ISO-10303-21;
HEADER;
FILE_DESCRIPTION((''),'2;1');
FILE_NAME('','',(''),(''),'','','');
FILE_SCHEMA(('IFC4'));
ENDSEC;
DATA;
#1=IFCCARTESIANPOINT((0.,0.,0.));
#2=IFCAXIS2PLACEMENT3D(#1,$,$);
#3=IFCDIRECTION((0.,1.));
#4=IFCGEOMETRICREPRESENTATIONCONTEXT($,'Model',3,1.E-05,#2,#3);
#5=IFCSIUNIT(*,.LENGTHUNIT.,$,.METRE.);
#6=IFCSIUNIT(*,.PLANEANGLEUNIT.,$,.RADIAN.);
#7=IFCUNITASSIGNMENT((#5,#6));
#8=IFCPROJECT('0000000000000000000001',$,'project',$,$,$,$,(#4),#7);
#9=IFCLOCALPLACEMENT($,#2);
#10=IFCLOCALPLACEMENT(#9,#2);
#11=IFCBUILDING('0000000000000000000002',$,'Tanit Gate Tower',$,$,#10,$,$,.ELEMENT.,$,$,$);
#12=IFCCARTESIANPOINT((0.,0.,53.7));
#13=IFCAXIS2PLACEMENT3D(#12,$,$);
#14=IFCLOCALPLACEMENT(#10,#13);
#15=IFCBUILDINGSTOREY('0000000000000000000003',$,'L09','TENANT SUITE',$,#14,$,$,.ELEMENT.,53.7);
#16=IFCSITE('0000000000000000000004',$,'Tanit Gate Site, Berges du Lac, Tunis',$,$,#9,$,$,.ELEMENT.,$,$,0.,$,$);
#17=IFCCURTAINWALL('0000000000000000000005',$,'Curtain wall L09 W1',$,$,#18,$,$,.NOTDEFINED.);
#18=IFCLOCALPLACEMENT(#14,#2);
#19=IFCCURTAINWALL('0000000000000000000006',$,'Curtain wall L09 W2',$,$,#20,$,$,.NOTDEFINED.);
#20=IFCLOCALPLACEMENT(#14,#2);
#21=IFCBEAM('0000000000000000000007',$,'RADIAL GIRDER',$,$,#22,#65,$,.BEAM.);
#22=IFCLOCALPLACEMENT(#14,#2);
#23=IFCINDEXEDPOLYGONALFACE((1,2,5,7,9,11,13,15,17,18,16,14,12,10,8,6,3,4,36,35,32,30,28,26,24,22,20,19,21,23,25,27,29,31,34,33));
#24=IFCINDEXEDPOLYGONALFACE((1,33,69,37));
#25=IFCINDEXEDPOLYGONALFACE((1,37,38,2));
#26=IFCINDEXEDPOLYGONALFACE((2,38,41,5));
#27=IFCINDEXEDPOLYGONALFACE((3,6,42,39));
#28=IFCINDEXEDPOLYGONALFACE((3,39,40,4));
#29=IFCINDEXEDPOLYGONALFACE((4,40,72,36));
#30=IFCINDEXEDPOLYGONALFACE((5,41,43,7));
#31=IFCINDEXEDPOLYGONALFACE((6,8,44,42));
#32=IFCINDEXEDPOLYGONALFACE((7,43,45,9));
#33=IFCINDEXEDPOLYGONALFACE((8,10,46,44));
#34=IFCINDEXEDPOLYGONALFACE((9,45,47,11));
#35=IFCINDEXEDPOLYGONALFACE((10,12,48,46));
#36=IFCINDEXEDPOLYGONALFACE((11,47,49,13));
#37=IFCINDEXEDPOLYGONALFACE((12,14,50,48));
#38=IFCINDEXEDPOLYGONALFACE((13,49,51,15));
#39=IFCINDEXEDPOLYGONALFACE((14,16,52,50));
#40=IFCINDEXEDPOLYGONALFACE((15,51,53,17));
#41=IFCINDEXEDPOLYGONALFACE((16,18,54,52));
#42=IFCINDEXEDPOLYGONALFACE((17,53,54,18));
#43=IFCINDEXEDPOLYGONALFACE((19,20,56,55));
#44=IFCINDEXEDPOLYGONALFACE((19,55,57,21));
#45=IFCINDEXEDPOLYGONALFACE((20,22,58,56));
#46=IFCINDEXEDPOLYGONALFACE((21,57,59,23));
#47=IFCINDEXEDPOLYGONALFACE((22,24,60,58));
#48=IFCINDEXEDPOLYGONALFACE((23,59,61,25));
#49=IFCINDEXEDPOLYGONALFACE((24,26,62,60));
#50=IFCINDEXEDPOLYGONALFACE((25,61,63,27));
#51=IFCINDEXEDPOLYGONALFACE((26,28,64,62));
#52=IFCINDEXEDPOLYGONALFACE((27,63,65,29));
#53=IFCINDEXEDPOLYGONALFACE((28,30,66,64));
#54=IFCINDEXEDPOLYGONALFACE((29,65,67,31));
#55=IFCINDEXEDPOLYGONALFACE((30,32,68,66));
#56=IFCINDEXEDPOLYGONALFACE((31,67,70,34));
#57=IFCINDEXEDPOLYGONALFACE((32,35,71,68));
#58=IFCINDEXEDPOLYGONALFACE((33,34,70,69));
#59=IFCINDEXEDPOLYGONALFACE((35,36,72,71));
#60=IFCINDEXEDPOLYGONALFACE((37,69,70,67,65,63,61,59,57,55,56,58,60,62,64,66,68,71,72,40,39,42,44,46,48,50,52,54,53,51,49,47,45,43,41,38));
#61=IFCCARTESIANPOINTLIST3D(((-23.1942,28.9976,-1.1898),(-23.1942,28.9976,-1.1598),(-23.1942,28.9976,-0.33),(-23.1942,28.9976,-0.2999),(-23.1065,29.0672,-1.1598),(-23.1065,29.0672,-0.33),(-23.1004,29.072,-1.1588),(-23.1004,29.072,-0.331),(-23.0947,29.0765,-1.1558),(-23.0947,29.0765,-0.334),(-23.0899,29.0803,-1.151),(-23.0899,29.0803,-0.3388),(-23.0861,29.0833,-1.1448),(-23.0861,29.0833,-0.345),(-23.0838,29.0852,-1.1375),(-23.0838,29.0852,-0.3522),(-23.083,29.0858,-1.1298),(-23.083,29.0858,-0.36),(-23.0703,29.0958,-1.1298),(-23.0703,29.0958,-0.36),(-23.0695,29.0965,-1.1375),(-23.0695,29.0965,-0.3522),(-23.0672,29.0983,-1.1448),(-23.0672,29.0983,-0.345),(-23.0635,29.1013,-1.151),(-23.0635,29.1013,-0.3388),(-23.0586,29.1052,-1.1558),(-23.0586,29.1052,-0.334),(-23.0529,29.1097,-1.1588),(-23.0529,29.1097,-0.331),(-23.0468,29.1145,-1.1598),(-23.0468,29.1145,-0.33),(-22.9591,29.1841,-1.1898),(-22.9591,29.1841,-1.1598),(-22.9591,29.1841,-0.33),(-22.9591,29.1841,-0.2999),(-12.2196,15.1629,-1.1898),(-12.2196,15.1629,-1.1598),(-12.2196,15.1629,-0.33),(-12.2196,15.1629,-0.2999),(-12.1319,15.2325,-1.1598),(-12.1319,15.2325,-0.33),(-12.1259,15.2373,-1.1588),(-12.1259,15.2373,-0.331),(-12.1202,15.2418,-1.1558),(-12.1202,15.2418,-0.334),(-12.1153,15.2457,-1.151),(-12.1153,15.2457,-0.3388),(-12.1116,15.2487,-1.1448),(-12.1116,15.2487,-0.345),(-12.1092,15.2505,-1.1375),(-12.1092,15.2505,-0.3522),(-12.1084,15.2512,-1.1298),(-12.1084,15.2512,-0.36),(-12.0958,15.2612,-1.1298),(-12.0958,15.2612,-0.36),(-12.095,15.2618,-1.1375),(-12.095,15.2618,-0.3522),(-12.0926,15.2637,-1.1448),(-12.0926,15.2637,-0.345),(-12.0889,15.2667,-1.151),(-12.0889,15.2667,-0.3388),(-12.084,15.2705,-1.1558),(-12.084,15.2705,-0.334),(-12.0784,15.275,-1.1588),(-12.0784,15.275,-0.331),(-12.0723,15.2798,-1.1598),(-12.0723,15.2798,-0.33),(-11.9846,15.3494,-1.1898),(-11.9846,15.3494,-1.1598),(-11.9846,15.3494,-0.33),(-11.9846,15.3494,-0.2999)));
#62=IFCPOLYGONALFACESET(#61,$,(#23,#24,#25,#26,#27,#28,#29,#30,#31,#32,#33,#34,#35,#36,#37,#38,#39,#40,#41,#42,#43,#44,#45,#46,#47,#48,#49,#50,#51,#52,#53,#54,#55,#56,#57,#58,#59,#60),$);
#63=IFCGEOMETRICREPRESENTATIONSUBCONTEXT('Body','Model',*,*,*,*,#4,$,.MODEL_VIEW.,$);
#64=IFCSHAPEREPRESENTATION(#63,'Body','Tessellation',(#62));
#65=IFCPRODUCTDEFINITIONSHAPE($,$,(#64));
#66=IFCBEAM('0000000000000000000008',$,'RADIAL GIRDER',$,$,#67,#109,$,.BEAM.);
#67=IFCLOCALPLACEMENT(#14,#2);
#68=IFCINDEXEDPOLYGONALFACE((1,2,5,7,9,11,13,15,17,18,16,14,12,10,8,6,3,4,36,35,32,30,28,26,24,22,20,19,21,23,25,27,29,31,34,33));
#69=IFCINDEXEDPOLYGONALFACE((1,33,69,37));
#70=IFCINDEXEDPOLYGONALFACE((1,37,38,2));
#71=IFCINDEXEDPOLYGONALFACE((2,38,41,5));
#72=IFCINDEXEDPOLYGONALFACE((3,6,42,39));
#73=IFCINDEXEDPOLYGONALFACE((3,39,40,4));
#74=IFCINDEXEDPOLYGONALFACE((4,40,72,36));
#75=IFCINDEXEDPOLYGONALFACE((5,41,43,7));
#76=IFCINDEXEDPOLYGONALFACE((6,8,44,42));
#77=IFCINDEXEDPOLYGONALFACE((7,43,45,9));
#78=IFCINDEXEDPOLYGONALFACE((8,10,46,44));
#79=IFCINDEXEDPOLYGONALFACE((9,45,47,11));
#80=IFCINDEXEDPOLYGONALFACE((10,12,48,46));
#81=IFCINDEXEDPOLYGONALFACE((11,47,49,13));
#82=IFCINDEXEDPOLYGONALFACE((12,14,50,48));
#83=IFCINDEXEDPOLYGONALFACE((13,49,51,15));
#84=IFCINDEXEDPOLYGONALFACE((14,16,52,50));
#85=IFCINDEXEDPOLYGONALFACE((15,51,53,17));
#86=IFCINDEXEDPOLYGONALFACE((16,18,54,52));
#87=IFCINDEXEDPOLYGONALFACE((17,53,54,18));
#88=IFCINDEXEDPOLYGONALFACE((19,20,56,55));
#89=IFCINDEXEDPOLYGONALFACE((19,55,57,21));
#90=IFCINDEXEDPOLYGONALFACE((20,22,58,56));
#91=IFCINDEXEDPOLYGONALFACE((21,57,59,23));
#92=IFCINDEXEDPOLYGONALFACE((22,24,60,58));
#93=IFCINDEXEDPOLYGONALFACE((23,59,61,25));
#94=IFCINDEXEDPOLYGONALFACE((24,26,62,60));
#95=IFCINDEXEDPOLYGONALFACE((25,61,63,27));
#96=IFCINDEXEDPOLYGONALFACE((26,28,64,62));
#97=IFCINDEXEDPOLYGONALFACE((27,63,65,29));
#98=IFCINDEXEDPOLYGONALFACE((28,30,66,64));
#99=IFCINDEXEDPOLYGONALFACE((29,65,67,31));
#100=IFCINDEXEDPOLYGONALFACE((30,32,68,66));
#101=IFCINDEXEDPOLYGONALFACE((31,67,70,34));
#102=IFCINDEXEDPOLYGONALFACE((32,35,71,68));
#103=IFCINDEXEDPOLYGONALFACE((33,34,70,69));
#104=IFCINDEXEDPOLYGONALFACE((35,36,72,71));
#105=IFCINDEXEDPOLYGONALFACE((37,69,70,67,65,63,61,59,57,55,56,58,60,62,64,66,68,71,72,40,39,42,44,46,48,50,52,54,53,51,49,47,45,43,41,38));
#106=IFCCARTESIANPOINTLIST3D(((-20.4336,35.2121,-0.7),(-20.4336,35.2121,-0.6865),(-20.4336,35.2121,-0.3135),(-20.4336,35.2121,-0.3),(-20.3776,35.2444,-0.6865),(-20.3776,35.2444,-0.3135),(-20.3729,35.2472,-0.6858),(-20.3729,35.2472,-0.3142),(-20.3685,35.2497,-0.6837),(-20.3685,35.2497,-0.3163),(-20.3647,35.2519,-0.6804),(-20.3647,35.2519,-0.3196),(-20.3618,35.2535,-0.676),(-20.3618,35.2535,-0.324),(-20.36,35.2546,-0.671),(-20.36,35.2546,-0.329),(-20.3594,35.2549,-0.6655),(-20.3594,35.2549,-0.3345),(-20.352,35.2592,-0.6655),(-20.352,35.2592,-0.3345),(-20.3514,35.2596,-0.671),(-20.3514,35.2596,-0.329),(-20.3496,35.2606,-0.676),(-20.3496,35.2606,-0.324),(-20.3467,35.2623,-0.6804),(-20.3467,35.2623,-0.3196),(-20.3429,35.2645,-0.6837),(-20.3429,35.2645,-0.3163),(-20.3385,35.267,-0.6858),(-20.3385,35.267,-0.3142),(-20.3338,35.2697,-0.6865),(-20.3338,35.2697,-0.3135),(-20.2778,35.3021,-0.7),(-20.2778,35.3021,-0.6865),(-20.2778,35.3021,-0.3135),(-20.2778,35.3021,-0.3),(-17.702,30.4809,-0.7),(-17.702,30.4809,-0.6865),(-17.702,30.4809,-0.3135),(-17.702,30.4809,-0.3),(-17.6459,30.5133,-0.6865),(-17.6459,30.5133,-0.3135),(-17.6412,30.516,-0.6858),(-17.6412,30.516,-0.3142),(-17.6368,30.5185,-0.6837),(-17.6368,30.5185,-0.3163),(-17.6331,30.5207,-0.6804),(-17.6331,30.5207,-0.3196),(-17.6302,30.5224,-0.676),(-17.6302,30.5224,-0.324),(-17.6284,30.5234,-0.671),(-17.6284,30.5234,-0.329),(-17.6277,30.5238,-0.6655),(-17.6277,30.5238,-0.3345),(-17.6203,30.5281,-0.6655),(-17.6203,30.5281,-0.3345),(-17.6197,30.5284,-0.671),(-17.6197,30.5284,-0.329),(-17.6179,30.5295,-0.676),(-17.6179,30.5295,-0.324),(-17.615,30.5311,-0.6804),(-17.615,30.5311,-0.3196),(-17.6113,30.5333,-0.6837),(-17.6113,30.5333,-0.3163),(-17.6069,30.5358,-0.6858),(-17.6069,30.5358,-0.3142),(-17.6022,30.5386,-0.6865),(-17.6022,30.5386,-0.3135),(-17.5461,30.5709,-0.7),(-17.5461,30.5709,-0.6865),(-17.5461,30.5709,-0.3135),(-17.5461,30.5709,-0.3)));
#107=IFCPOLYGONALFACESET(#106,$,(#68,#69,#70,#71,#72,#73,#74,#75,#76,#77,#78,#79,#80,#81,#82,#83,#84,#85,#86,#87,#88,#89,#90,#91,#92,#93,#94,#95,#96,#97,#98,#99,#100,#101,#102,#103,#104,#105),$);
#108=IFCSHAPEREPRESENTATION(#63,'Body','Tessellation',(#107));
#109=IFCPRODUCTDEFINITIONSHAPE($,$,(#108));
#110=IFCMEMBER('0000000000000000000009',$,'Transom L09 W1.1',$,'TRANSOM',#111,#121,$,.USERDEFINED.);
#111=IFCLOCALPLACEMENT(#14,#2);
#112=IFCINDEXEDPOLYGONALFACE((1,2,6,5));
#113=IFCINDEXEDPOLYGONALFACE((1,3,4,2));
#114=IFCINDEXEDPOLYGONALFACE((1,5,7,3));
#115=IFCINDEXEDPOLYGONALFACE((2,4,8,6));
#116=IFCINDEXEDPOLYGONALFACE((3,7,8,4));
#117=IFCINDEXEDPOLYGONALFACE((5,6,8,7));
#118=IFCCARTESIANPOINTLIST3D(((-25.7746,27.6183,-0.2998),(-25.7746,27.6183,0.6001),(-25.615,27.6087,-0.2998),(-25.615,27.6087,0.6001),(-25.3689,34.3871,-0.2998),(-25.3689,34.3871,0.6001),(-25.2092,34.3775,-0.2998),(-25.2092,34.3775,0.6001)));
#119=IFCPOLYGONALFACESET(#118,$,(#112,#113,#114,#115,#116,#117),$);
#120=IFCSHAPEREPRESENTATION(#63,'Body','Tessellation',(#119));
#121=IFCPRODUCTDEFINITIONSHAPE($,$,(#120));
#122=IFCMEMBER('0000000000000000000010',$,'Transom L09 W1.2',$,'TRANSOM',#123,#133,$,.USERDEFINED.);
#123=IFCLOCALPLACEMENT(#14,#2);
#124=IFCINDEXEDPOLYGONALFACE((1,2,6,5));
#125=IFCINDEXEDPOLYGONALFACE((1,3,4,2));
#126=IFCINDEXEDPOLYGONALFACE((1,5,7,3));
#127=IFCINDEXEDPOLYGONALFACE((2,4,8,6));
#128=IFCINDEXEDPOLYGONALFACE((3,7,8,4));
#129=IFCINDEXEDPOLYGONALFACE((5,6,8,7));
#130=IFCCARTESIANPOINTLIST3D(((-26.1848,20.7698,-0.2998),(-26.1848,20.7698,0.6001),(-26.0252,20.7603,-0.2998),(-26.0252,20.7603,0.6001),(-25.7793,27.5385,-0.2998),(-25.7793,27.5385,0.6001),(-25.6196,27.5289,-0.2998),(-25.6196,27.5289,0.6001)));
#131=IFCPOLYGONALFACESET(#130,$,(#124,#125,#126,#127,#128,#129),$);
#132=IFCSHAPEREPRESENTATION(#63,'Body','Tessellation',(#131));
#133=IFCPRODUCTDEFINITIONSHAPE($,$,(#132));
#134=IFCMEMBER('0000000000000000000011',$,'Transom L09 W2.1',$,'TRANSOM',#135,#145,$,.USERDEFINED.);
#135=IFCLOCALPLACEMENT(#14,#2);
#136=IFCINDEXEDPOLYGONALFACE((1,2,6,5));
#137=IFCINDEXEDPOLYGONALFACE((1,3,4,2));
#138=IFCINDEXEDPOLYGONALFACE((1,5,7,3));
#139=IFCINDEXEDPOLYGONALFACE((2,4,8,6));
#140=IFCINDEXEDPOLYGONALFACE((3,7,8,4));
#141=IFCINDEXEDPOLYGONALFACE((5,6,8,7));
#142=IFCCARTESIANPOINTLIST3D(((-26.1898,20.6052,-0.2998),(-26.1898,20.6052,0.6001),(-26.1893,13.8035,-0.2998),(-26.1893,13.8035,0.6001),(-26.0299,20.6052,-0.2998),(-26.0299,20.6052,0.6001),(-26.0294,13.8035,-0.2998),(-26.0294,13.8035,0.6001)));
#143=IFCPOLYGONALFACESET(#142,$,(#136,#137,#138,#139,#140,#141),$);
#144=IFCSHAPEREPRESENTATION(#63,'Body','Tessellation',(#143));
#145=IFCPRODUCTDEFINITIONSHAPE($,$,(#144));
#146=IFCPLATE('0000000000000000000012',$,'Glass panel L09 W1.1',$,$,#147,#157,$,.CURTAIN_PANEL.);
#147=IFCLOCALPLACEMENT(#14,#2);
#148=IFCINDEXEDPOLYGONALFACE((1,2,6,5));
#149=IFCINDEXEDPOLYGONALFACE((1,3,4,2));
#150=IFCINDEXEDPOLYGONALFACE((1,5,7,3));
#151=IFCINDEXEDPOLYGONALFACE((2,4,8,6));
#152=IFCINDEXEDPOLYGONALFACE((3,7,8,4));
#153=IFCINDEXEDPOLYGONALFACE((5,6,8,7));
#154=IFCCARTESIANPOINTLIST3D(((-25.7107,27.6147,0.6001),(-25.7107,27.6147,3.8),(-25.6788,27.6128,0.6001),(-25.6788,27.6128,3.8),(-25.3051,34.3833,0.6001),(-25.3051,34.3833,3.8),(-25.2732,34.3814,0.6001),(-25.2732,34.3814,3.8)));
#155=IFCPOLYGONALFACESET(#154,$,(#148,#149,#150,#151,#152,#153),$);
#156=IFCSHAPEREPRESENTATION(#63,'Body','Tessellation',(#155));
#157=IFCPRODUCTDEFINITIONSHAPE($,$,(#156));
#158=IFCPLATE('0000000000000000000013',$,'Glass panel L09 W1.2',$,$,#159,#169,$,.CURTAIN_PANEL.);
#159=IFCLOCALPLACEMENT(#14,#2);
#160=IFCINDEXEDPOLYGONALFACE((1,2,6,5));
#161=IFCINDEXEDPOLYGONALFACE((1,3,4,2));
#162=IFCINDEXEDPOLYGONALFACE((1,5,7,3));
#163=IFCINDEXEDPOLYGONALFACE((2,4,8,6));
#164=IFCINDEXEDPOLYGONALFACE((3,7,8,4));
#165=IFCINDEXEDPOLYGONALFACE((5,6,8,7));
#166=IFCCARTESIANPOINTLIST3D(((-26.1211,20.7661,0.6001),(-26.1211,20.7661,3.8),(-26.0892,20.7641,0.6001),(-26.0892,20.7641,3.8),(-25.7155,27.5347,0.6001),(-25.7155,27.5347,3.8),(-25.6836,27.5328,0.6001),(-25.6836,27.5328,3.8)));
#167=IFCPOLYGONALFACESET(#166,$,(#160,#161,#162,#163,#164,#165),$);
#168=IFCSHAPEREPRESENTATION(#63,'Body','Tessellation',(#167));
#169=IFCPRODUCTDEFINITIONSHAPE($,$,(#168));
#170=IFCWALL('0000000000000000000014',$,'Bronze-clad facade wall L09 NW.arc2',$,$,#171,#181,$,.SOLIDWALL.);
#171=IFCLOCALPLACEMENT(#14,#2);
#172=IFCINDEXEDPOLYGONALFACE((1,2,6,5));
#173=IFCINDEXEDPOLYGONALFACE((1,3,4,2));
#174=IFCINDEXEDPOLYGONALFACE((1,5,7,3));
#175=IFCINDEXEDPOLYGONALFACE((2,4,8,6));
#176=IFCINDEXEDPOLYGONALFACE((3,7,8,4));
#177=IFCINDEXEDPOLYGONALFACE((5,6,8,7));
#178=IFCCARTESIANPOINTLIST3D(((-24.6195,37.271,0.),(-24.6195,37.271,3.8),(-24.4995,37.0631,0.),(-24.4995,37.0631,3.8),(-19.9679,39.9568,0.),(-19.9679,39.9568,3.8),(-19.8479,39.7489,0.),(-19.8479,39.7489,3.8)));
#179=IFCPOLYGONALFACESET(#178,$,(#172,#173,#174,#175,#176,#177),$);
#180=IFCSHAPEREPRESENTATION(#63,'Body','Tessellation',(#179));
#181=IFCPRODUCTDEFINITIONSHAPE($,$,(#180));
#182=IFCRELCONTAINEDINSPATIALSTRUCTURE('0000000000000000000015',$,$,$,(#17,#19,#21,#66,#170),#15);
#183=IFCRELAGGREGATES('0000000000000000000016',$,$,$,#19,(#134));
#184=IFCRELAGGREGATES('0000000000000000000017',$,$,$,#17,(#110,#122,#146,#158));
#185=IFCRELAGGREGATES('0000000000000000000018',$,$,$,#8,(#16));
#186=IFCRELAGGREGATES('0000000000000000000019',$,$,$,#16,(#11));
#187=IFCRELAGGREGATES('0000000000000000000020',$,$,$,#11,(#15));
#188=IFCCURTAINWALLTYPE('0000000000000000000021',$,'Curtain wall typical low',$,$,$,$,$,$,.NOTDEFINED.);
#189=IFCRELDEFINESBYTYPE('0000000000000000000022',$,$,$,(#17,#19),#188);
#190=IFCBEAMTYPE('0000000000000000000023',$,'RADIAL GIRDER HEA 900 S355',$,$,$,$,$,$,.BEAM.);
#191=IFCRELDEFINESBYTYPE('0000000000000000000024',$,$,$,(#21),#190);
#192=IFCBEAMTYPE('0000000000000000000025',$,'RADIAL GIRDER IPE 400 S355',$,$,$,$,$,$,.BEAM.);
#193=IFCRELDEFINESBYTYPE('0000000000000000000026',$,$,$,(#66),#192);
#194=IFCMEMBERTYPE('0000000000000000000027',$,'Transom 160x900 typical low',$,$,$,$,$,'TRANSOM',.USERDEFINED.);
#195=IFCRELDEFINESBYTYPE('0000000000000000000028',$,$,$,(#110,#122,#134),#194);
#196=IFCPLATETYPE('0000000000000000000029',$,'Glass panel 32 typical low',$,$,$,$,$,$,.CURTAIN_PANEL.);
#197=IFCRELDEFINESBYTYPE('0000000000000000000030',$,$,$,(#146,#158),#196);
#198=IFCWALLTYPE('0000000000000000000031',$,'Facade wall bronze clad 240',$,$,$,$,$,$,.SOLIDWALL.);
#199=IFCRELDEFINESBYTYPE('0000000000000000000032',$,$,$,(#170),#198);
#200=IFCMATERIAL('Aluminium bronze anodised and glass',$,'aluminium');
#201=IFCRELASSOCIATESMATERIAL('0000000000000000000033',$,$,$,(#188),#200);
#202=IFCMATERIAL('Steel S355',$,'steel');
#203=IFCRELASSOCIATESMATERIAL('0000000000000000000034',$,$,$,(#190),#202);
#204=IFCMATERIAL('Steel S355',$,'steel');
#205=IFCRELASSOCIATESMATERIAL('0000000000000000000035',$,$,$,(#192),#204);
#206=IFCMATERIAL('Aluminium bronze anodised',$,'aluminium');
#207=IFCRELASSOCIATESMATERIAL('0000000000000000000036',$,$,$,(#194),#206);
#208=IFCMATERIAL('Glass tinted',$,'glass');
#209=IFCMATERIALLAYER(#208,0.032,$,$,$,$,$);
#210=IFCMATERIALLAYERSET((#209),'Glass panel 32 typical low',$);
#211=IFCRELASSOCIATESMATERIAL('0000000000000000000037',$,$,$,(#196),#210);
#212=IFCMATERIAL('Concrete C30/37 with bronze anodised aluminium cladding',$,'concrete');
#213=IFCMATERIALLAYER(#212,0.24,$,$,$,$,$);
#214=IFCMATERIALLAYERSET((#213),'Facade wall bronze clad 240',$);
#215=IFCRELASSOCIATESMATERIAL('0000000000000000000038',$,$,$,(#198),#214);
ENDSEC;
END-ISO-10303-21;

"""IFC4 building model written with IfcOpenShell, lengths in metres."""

from ifc_helpers import new_model, si_unit, direction, frame, frame_2d, origin, origin_2d, place, context, subcontext, project, spatial, rectangle, i_section, extrude, material, layer, layer_set, material_profile, profile_set, type_object, element, aggregate, save


model = new_model("IFC4")

# Units and contexts
model_context = context("Model", 3, precision=1e-05, world=origin(), true_north=direction((0.0, 1.0)))
body_context = subcontext(model_context, "Body", "Model", "MODEL_VIEW")
ifc_project = project(units=[si_unit("LENGTHUNIT", "METRE"), si_unit("PLANEANGLEUNIT", "RADIAN")], contexts=[model_context])

# Site, building, storey
site_placement = place(None, origin())
site = spatial("IfcSite", under=ifc_project, at=site_placement, Name="Tanit Gate Site, Berges du Lac, Tunis", CompositionType="ELEMENT", RefElevation=0.0)
building_placement = place(site_placement, origin())
building = spatial("IfcBuilding", under=site, at=building_placement, Name="Tanit Gate Tower", CompositionType="ELEMENT")
storey_placement = place(building_placement, frame((0.0, 0.0, 53.7)))
storey = spatial("IfcBuildingStorey", under=building, at=storey_placement, Name="L09", Description="TENANT SUITE", CompositionType="ELEMENT", Elevation=53.7)

# Curtain walls
ifc_material_1 = material(Name="Aluminium bronze anodised and glass", Category="aluminium")
curtain_wall_type = type_object("IfcCurtainWallType", Name="Curtain wall typical low", PredefinedType="NOTDEFINED", material=ifc_material_1)
curtain_wall_1_placement = place(storey_placement, origin())
curtain_wall_1 = element("IfcCurtainWall", 1, at=curtain_wall_1_placement, inside=storey, type_object=curtain_wall_type, Name="Curtain wall L09 W1", PredefinedType="NOTDEFINED")
curtain_wall_2_placement = place(storey_placement, origin())
curtain_wall_2 = element("IfcCurtainWall", 2, at=curtain_wall_2_placement, inside=storey, type_object=curtain_wall_type, Name="Curtain wall L09 W2", PredefinedType="NOTDEFINED")

# Beams
ifc_material_2 = material(Name="Steel S355", Category="steel")
ifc_material_profile_1 = material_profile(ifc_material_2, i_section(OverallWidth=0.3, OverallDepth=0.8899, WebThickness=0.0161, FlangeThickness=0.03, FilletRadius=0.03, at=origin_2d()), Name="HEA 900")
ifc_profile_set_1 = profile_set([ifc_material_profile_1], Name="Steel S355")
beam_type_1 = type_object("IfcBeamType", Name="RADIAL GIRDER HEA 900 S355", PredefinedType="BEAM", material=ifc_profile_set_1)
beam_1_placement = place(storey_placement, frame((-23.0767, 29.0908, -0.7449), z_axis=(0.621473, -0.783436, 0.0), x_axis=(0.783436, 0.621473, 0.0)))
element("IfcBeam", 3, at=beam_1_placement, inside=storey, type_object=beam_type_1, Name="RADIAL GIRDER", PredefinedType="BEAM", context=body_context, shape_type="SweptSolid", body=[
    extrude(i_section(OverallWidth=0.3, OverallDepth=0.8899, WebThickness=0.0161, FlangeThickness=0.03, FilletRadius=0.03, at=origin_2d()), origin(), (0.0, 0.0, 1.0), 17.6589),
])
ifc_material_3 = material(Name="Steel S355", Category="steel")
ifc_material_profile_2 = material_profile(ifc_material_3, i_section(OverallWidth=0.1799, OverallDepth=0.3999, WebThickness=0.0085, FlangeThickness=0.0134, FilletRadius=0.021, at=origin_2d()), Name="IPE 400")
ifc_profile_set_2 = profile_set([ifc_material_profile_2], Name="Steel S355")
beam_type_2 = type_object("IfcBeamType", Name="RADIAL GIRDER IPE 400 S355", PredefinedType="BEAM", material=ifc_profile_set_2)
beam_2_placement = place(storey_placement, frame((-20.3557, 35.2571, -0.5), z_axis=(0.500018, -0.866015, 0.0), x_axis=(0.866015, 0.500018, 0.0)))
element("IfcBeam", 4, at=beam_2_placement, inside=storey, type_object=beam_type_2, Name="RADIAL GIRDER", PredefinedType="BEAM", context=body_context, shape_type="SweptSolid", body=[
    extrude(i_section(OverallWidth=0.1799, OverallDepth=0.3999, WebThickness=0.0085, FlangeThickness=0.0134, FilletRadius=0.021, at=origin_2d()), origin(), (0.0, 0.0, 1.0), 5.4631),
])

# Members
ifc_material_4 = material(Name="Aluminium bronze anodised", Category="aluminium")
ifc_material_profile_3 = material_profile(ifc_material_4, rectangle(XDim=0.1599, YDim=0.8999, at=origin_2d()), Name="160x900 bronze transom")
ifc_profile_set_3 = profile_set([ifc_material_profile_3], Name="Aluminium bronze anodised")
member_type_1 = type_object("IfcMemberType", Name="Transom 160x900 typical low", ElementType="TRANSOM", PredefinedType="USERDEFINED", material=ifc_profile_set_3)
member_1_placement = place(storey_placement, frame((-25.2891, 34.3823, 0.1501), z_axis=(-0.059838, -0.998208, 0.0), x_axis=(0.998208, -0.059838, 0.0)))
member_1 = element("IfcMember", 5, at=member_1_placement, type_object=member_type_1, Name="Transom L09 W1.1", ObjectType="TRANSOM", PredefinedType="USERDEFINED", context=body_context, shape_type="SweptSolid", body=[
    extrude(rectangle(XDim=0.1599, YDim=0.8999, at=origin_2d()), origin(), (0.0, 0.0, 1.0), 6.781),
])
member_2_placement = place(storey_placement, frame((-25.6995, 27.5337, 0.1501), z_axis=(-0.059805, -0.99821, 0.0), x_axis=(0.99821, -0.059805, 0.0)))
member_2 = element("IfcMember", 6, at=member_2_placement, type_object=member_type_1, Name="Transom L09 W1.2", ObjectType="TRANSOM", PredefinedType="USERDEFINED", context=body_context, shape_type="SweptSolid", body=[
    extrude(rectangle(XDim=0.1599, YDim=0.8999, at=origin_2d()), origin(), (0.0, 0.0, 1.0), 6.7808),
])
member_3_placement = place(storey_placement, frame((-26.1099, 20.6052, 0.1501), z_axis=(0.000072, -1.0, 0.0), x_axis=(1.0, 0.000072, 0.0)))
member_3 = element("IfcMember", 7, at=member_3_placement, type_object=member_type_1, Name="Transom L09 W2.1", ObjectType="TRANSOM", PredefinedType="USERDEFINED", context=body_context, shape_type="SweptSolid", body=[
    extrude(rectangle(XDim=0.1599, YDim=0.8999, at=origin_2d()), origin(), (0.0, 0.0, 1.0), 6.8018),
])
aggregate(curtain_wall_2, [member_3])

# Plates
ifc_material_5 = material(Name="Glass tinted", Category="glass")
ifc_layer_1 = layer(ifc_material_5, 0.032)
ifc_layer_set_1 = layer_set([ifc_layer_1], Name="Glass panel 32 typical low")
plate_type = type_object("IfcPlateType", Name="Glass panel 32 typical low", PredefinedType="CURTAIN_PANEL", material=ifc_layer_set_1)
plate_1_placement = place(storey_placement, frame((-25.4919, 30.998, 0.6001), z_axis=(0.0, 0.0, 1.0), x_axis=(-0.059812, -0.99821, 0.0)))
plate_1 = element("IfcPlate", 8, at=plate_1_placement, type_object=plate_type, Name="Glass panel L09 W1.1", PredefinedType="CURTAIN_PANEL", context=body_context, shape_type="SweptSolid", body=[
    extrude(rectangle(XDim=6.7808, YDim=0.032, at=origin_2d()), origin(), (0.0, 0.0, 1.0), 3.2),
])
plate_2_placement = place(storey_placement, frame((-25.9023, 24.1494, 0.6001), z_axis=(0.0, 0.0, 1.0), x_axis=(-0.059812, -0.99821, 0.0)))
plate_2 = element("IfcPlate", 9, at=plate_2_placement, type_object=plate_type, Name="Glass panel L09 W1.2", PredefinedType="CURTAIN_PANEL", context=body_context, shape_type="SweptSolid", body=[
    extrude(rectangle(XDim=6.7808, YDim=0.032, at=origin_2d()), origin(), (0.0, 0.0, 1.0), 3.2),
])
aggregate(curtain_wall_1, [member_1, member_2, plate_1, plate_2])

# Wall
ifc_material_6 = material(Name="Concrete C30/37 with bronze anodised aluminium cladding", Category="concrete")
ifc_layer_2 = layer(ifc_material_6, 0.24)
ifc_layer_set_2 = layer_set([ifc_layer_2], Name="Facade wall bronze clad 240")
wall_type_1 = type_object("IfcWallType", Name="Facade wall bronze clad 240", PredefinedType="SOLIDWALL", material=ifc_layer_set_2)
wall_1_placement = place(storey_placement, frame((-19.908, 39.8528, 0.0), z_axis=(0.0, 0.0, 1.0), x_axis=(-0.866011, -0.500025, 0.0)))
element("IfcWall", 10, at=wall_1_placement, inside=storey, type_object=wall_type_1, Name="Bronze-clad facade wall L09 NW.arc2", PredefinedType="SOLIDWALL", context=body_context, shape_type="SweptSolid", body=[
    extrude(rectangle(XDim=5.3713, YDim=0.24, at=frame_2d((2.6855, 0.0))), origin(), (0.0, 0.0, 1.0), 3.8),
])

save(model, "model.ifc")
